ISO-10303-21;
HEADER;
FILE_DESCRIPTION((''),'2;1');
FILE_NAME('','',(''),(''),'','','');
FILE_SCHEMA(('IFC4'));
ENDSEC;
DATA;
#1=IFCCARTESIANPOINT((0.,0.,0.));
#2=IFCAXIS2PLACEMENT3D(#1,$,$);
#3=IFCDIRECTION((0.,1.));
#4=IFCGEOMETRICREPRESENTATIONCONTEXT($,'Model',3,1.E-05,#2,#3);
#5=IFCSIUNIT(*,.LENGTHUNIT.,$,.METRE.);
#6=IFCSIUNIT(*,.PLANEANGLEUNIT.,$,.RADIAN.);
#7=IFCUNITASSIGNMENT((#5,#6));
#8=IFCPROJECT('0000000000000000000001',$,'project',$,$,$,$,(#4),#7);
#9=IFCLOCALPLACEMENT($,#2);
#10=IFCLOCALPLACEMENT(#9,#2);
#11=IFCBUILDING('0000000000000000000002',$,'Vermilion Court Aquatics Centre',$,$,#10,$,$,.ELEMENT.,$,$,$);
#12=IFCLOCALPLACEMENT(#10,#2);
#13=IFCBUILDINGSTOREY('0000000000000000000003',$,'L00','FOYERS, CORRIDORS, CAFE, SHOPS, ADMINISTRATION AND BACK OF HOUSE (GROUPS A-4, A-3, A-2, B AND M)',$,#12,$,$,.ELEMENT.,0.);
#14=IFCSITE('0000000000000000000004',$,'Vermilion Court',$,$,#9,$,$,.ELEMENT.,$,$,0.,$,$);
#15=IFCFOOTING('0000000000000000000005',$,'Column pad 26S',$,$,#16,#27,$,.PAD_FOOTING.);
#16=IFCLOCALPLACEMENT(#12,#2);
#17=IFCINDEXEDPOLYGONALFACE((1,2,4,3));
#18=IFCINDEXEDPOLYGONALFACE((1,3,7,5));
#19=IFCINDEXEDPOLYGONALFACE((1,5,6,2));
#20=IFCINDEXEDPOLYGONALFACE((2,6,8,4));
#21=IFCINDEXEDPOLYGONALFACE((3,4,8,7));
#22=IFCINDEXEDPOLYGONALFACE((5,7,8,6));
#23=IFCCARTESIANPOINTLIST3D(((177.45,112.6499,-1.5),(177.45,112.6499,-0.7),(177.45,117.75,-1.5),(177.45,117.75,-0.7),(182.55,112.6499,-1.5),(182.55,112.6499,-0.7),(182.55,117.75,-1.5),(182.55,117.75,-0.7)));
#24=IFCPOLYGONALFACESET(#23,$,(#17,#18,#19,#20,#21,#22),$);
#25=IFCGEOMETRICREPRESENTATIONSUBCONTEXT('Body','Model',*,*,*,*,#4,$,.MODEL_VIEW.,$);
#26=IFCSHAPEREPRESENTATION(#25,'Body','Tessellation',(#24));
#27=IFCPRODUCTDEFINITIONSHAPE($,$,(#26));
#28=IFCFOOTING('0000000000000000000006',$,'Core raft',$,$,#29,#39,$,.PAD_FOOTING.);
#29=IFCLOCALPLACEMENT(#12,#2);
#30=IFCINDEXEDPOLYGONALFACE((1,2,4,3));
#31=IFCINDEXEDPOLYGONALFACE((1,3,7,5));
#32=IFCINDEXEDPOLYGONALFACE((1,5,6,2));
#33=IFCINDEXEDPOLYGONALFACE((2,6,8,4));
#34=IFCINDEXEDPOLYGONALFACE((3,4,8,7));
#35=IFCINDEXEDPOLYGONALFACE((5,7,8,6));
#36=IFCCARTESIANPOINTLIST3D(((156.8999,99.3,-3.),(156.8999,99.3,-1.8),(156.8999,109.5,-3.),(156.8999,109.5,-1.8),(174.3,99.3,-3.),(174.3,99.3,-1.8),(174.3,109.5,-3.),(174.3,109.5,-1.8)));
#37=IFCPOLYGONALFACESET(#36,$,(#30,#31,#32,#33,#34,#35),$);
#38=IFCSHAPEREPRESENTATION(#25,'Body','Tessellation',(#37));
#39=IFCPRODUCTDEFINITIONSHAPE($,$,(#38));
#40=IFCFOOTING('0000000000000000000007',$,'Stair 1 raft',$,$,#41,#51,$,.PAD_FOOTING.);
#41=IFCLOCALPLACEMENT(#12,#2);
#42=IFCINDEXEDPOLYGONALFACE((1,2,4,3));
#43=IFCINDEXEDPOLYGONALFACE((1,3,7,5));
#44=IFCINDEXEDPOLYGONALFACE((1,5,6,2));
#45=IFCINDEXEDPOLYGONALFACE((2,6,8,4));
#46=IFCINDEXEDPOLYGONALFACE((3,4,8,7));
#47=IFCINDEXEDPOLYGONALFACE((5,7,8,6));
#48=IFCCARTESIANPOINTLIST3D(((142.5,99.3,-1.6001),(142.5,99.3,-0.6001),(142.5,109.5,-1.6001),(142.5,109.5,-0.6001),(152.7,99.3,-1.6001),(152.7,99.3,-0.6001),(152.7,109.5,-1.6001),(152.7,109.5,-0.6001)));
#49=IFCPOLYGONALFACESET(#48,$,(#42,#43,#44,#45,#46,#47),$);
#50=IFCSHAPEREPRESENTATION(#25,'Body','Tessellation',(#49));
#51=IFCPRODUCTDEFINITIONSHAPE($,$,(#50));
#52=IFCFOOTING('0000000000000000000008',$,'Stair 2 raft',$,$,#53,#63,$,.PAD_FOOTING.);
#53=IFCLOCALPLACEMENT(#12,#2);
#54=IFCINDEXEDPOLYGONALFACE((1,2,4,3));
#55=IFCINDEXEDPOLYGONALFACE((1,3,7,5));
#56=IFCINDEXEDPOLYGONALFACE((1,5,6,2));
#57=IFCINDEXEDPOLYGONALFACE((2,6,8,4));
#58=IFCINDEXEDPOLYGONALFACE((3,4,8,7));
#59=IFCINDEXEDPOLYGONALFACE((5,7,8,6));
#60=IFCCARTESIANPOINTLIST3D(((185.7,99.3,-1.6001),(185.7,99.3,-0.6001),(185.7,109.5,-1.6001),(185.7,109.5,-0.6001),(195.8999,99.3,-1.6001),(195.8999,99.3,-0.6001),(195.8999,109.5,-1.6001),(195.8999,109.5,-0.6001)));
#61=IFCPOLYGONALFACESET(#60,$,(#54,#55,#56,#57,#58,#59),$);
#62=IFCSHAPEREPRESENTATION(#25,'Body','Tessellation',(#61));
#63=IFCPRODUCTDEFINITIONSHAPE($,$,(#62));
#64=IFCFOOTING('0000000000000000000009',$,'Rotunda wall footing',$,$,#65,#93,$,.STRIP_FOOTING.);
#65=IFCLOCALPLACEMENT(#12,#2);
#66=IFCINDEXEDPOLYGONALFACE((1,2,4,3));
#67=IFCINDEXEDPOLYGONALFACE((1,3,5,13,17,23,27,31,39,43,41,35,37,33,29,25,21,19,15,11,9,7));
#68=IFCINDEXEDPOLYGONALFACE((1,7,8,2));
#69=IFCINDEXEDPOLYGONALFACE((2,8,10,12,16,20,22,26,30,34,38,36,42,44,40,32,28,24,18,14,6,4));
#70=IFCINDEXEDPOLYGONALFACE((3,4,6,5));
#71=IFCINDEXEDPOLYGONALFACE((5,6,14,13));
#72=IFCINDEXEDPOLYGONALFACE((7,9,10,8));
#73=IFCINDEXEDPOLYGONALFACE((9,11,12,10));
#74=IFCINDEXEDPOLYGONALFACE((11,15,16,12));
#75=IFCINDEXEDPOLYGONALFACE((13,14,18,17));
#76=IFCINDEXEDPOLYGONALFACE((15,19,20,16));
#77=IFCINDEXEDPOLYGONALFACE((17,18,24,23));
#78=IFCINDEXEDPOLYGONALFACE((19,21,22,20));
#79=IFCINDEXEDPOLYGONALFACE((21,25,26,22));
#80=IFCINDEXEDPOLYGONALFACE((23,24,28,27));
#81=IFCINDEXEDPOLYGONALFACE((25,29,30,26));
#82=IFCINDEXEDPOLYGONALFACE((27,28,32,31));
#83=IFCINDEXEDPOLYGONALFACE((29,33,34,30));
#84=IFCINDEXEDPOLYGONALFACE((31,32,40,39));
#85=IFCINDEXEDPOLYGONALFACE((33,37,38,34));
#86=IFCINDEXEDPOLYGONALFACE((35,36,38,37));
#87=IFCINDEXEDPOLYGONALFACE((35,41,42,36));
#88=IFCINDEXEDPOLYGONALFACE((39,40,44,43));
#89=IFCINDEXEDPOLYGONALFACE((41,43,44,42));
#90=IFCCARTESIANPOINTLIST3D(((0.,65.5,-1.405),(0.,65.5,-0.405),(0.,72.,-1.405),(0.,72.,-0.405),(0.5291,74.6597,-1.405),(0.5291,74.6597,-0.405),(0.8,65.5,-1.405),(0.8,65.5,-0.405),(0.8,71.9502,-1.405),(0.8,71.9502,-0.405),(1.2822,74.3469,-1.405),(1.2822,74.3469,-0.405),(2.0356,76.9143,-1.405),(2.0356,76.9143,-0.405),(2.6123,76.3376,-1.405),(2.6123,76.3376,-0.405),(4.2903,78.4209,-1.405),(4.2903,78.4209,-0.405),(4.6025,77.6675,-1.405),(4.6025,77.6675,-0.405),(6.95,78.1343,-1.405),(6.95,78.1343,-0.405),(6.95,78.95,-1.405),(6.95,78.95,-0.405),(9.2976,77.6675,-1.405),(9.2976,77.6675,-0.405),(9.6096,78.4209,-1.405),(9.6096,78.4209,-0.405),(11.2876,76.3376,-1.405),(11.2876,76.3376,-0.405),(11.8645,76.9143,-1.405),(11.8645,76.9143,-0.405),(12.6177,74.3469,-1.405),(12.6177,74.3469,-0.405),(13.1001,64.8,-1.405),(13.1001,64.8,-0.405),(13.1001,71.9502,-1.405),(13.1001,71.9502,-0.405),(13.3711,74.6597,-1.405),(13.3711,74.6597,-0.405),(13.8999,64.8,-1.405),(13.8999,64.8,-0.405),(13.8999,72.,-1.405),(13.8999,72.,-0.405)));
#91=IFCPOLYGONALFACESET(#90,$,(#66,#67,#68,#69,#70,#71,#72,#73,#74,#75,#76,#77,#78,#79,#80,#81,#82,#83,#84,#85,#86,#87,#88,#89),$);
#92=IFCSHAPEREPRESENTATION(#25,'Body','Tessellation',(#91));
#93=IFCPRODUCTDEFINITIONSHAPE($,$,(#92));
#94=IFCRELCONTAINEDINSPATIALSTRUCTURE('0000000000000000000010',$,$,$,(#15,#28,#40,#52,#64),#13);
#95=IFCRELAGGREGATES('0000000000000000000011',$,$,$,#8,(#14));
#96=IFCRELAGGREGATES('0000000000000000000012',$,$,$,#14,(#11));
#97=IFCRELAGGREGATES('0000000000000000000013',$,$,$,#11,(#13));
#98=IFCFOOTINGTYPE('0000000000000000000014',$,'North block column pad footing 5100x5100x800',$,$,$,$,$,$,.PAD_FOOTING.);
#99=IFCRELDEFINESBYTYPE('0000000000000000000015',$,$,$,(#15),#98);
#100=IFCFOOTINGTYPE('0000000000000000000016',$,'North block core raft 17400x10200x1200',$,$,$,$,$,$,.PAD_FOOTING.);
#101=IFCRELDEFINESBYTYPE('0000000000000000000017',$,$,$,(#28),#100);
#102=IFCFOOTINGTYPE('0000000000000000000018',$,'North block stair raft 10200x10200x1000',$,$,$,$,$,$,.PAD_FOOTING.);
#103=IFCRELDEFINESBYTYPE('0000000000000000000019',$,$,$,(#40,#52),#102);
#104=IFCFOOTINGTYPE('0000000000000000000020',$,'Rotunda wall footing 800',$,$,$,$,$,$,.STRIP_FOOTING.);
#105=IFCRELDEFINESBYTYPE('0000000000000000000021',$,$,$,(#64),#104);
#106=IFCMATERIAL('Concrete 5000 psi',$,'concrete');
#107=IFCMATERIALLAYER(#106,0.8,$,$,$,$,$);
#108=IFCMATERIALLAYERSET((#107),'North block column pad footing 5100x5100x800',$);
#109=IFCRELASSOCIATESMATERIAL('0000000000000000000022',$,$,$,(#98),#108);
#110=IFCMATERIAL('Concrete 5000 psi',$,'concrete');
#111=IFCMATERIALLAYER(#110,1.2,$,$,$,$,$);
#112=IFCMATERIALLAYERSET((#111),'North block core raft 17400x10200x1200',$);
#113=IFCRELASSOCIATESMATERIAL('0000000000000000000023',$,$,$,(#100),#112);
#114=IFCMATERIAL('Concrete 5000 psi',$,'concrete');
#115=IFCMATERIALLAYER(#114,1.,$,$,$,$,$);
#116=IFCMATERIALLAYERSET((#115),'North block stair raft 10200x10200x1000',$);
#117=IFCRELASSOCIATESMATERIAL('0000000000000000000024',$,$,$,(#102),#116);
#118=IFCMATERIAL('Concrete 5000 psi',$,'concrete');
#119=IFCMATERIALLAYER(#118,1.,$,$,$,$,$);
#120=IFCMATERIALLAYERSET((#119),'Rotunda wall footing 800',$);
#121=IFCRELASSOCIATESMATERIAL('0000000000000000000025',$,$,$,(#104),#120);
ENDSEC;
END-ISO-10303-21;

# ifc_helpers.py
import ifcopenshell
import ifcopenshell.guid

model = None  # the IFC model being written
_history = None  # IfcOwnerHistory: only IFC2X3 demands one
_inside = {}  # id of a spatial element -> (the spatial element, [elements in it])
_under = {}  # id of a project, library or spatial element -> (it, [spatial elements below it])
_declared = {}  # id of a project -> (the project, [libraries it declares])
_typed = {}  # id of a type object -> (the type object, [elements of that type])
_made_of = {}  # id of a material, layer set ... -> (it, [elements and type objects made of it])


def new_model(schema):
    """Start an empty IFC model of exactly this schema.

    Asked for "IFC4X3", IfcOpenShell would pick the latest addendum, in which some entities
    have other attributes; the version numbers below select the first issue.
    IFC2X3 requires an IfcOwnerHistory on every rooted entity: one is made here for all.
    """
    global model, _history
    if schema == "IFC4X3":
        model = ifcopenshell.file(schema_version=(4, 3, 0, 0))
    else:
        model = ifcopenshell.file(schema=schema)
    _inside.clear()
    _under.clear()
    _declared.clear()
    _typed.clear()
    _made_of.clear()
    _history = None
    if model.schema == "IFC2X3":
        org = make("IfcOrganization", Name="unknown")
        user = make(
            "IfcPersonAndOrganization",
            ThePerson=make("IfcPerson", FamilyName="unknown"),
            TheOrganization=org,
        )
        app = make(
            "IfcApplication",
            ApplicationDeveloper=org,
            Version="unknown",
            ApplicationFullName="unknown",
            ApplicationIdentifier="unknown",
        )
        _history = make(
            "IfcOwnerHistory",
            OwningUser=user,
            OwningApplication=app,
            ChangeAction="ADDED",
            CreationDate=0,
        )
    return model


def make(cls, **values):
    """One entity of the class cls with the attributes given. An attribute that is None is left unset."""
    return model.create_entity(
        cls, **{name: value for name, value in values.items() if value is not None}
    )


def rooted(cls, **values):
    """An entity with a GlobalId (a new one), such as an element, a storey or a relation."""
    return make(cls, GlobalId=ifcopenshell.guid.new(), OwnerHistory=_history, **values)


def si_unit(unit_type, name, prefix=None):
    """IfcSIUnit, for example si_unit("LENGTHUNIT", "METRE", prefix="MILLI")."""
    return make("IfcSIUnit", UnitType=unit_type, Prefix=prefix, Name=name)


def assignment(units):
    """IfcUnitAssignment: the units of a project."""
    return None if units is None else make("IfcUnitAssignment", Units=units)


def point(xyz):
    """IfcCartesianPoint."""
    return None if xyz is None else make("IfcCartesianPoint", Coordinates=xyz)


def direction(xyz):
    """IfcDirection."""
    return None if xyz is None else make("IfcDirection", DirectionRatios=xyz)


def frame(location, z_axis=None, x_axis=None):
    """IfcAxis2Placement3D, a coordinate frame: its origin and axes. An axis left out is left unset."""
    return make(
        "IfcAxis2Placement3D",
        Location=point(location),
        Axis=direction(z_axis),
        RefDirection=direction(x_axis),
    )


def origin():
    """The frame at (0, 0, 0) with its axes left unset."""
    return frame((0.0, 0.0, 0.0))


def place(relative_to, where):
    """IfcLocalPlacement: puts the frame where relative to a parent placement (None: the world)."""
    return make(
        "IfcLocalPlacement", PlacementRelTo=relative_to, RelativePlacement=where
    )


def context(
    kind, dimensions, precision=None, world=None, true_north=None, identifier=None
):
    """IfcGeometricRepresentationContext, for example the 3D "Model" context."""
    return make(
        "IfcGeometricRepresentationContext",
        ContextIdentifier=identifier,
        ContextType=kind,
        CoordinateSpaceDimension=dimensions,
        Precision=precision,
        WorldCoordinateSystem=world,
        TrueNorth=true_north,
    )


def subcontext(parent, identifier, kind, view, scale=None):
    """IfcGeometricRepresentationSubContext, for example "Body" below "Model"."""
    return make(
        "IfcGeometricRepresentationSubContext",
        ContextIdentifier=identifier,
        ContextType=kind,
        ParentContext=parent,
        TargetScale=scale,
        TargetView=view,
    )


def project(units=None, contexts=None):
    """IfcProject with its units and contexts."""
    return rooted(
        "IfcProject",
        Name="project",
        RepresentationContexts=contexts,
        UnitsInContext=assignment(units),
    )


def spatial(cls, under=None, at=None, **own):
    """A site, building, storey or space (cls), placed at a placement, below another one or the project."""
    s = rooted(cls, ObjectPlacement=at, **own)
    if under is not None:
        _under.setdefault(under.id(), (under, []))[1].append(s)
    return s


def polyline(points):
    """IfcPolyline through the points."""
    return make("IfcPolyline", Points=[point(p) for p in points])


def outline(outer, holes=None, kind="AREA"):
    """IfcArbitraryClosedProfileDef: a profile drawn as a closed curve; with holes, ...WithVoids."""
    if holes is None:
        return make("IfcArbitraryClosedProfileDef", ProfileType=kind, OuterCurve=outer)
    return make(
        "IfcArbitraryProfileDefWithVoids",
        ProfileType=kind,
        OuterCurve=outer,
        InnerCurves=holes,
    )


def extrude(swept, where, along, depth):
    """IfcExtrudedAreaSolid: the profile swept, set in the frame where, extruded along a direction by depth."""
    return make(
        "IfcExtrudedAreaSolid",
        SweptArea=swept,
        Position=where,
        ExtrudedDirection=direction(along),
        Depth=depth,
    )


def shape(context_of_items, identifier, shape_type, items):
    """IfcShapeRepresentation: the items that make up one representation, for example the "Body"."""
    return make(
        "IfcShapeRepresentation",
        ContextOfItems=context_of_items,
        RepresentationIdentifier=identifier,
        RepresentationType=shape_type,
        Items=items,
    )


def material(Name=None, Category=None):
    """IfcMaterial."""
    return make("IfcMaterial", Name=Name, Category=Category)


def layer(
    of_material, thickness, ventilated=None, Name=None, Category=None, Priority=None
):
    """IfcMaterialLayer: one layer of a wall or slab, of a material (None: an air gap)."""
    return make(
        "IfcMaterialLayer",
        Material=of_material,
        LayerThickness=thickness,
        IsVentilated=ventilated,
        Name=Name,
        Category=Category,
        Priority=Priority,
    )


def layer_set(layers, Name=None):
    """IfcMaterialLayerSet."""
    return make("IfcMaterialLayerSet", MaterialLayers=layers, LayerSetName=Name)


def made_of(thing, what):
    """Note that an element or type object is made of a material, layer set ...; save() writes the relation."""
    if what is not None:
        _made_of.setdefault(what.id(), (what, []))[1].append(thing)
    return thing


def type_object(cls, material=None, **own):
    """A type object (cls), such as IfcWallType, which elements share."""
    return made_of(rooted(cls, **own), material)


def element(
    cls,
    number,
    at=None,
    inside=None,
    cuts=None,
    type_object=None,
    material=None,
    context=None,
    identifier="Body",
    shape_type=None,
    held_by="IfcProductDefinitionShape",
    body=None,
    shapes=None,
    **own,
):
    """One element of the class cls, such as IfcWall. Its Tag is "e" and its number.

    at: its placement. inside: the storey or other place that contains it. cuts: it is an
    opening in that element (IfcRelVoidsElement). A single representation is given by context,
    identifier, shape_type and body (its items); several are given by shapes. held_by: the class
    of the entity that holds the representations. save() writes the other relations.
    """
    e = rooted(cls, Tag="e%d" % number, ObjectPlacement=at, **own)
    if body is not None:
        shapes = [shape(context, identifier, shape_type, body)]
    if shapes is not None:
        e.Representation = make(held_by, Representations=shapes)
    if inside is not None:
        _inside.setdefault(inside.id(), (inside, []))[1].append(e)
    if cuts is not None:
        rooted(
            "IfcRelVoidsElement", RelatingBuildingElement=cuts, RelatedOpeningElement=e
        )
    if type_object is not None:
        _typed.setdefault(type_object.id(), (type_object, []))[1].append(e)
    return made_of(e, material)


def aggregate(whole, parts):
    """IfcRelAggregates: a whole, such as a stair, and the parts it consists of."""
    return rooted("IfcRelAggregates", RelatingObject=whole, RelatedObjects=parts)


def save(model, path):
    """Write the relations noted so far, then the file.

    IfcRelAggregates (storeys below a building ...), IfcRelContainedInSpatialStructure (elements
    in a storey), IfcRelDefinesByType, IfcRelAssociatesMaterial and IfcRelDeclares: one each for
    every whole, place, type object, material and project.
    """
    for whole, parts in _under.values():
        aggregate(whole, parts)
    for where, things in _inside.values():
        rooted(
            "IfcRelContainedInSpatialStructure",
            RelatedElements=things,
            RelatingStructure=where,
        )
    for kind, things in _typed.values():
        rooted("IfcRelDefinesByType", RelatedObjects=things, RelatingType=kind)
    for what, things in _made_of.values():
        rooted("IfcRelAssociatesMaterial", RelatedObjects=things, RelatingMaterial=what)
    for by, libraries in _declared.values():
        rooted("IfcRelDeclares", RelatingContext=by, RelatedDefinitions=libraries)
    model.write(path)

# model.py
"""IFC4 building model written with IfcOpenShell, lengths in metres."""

from ifc_helpers import new_model, si_unit, direction, frame, origin, place, context, subcontext, project, spatial, polyline, outline, extrude, material, layer, layer_set, type_object, element, save


model = new_model("IFC4")

# Units and contexts
model_context = context("Model", 3, precision=1e-05, world=origin(), true_north=direction((0.0, 1.0)))
body_context = subcontext(model_context, "Body", "Model", "MODEL_VIEW")
ifc_project = project(units=[si_unit("LENGTHUNIT", "METRE"), si_unit("PLANEANGLEUNIT", "RADIAN")], contexts=[model_context])

# Site, building, storey
site_placement = place(None, origin())
site = spatial("IfcSite", under=ifc_project, at=site_placement, Name="Vermilion Court", CompositionType="ELEMENT", RefElevation=0.0)
building_placement = place(site_placement, origin())
building = spatial("IfcBuilding", under=site, at=building_placement, Name="Vermilion Court Aquatics Centre", CompositionType="ELEMENT")
storey_placement = place(building_placement, origin())
storey = spatial("IfcBuildingStorey", under=building, at=storey_placement, Name="L00", Description="FOYERS, CORRIDORS, CAFE, SHOPS, ADMINISTRATION AND BACK OF HOUSE (GROUPS A-4, A-3, A-2, B AND M)", CompositionType="ELEMENT", Elevation=0.0)

# Footings
ifc_material_1 = material(Name="Concrete 5000 psi", Category="concrete")
ifc_layer_1 = layer(ifc_material_1, 0.8)
ifc_layer_set_1 = layer_set([ifc_layer_1], Name="North block column pad footing 5100x5100x800")
footing_type_1 = type_object("IfcFootingType", Name="North block column pad footing 5100x5100x800", PredefinedType="PAD_FOOTING", material=ifc_layer_set_1)
footing_1_placement = place(storey_placement, frame((0.0, 0.0, -1.5)))
element("IfcFooting", 1, at=footing_1_placement, inside=storey, type_object=footing_type_1, Name="Column pad 26S", PredefinedType="PAD_FOOTING", context=body_context, shape_type="SweptSolid", body=[
    extrude(outline(polyline([(177.45, 112.6499), (182.55, 112.6499), (182.55, 117.75), (177.45, 117.75), (177.45, 112.6499)])), origin(), (0.0, 0.0, 1.0), 0.8),
])
ifc_material_2 = material(Name="Concrete 5000 psi", Category="concrete")
ifc_layer_2 = layer(ifc_material_2, 1.2)
ifc_layer_set_2 = layer_set([ifc_layer_2], Name="North block core raft 17400x10200x1200")
footing_type_2 = type_object("IfcFootingType", Name="North block core raft 17400x10200x1200", PredefinedType="PAD_FOOTING", material=ifc_layer_set_2)
footing_2_placement = place(storey_placement, frame((0.0, 0.0, -3.0)))
element("IfcFooting", 2, at=footing_2_placement, inside=storey, type_object=footing_type_2, Name="Core raft", PredefinedType="PAD_FOOTING", context=body_context, shape_type="SweptSolid", body=[
    extrude(outline(polyline([(156.8999, 99.3), (174.3, 99.3), (174.3, 109.5), (156.8999, 109.5), (156.8999, 99.3)])), origin(), (0.0, 0.0, 1.0), 1.2),
])
ifc_material_3 = material(Name="Concrete 5000 psi", Category="concrete")
ifc_layer_3 = layer(ifc_material_3, 1.0)
ifc_layer_set_3 = layer_set([ifc_layer_3], Name="North block stair raft 10200x10200x1000")
footing_type_3 = type_object("IfcFootingType", Name="North block stair raft 10200x10200x1000", PredefinedType="PAD_FOOTING", material=ifc_layer_set_3)
footing_3_placement = place(storey_placement, frame((0.0, 0.0, -1.6001)))
element("IfcFooting", 3, at=footing_3_placement, inside=storey, type_object=footing_type_3, Name="Stair 1 raft", PredefinedType="PAD_FOOTING", context=body_context, shape_type="SweptSolid", body=[
    extrude(outline(polyline([(142.5, 99.3), (152.7, 99.3), (152.7, 109.5), (142.5, 109.5), (142.5, 99.3)])), origin(), (0.0, 0.0, 1.0), 1.0),
])
footing_4_placement = place(storey_placement, frame((0.0, 0.0, -1.6001)))
element("IfcFooting", 4, at=footing_4_placement, inside=storey, type_object=footing_type_3, Name="Stair 2 raft", PredefinedType="PAD_FOOTING", context=body_context, shape_type="SweptSolid", body=[
    extrude(outline(polyline([(185.7, 99.3), (195.8999, 99.3), (195.8999, 109.5), (185.7, 109.5), (185.7, 99.3)])), origin(), (0.0, 0.0, 1.0), 1.0),
])
ifc_material_4 = material(Name="Concrete 5000 psi", Category="concrete")
ifc_layer_4 = layer(ifc_material_4, 1.0)
ifc_layer_set_4 = layer_set([ifc_layer_4], Name="Rotunda wall footing 800")
footing_type_4 = type_object("IfcFootingType", Name="Rotunda wall footing 800", PredefinedType="STRIP_FOOTING", material=ifc_layer_set_4)
footing_5_placement = place(storey_placement, frame((0.0, 0.0, -1.405)))
element("IfcFooting", 5, at=footing_5_placement, inside=storey, type_object=footing_type_4, Name="Rotunda wall footing", PredefinedType="STRIP_FOOTING", context=body_context, shape_type="SweptSolid", body=[
    extrude(outline(polyline([(13.1001, 64.8), (13.1001, 71.9502), (12.6177, 74.3469), (11.2876, 76.3376), (9.2976, 77.6675), (6.95, 78.1343), (4.6025, 77.6675), (2.6123, 76.3376), (1.2822, 74.3469), (0.8, 71.9502), (0.8, 65.5), (0.0, 65.5), (0.0, 72.0), (0.5291, 74.6597), (2.0356, 76.9143), (4.2903, 78.4209), (6.95, 78.95), (9.6096, 78.4209), (11.8645, 76.9143), (13.3711, 74.6597), (13.8999, 72.0), (13.8999, 64.8), (13.1001, 64.8)])), origin(), (0.0, 0.0, 1.0), 1.0),
])

save(model, "model.ifc")
